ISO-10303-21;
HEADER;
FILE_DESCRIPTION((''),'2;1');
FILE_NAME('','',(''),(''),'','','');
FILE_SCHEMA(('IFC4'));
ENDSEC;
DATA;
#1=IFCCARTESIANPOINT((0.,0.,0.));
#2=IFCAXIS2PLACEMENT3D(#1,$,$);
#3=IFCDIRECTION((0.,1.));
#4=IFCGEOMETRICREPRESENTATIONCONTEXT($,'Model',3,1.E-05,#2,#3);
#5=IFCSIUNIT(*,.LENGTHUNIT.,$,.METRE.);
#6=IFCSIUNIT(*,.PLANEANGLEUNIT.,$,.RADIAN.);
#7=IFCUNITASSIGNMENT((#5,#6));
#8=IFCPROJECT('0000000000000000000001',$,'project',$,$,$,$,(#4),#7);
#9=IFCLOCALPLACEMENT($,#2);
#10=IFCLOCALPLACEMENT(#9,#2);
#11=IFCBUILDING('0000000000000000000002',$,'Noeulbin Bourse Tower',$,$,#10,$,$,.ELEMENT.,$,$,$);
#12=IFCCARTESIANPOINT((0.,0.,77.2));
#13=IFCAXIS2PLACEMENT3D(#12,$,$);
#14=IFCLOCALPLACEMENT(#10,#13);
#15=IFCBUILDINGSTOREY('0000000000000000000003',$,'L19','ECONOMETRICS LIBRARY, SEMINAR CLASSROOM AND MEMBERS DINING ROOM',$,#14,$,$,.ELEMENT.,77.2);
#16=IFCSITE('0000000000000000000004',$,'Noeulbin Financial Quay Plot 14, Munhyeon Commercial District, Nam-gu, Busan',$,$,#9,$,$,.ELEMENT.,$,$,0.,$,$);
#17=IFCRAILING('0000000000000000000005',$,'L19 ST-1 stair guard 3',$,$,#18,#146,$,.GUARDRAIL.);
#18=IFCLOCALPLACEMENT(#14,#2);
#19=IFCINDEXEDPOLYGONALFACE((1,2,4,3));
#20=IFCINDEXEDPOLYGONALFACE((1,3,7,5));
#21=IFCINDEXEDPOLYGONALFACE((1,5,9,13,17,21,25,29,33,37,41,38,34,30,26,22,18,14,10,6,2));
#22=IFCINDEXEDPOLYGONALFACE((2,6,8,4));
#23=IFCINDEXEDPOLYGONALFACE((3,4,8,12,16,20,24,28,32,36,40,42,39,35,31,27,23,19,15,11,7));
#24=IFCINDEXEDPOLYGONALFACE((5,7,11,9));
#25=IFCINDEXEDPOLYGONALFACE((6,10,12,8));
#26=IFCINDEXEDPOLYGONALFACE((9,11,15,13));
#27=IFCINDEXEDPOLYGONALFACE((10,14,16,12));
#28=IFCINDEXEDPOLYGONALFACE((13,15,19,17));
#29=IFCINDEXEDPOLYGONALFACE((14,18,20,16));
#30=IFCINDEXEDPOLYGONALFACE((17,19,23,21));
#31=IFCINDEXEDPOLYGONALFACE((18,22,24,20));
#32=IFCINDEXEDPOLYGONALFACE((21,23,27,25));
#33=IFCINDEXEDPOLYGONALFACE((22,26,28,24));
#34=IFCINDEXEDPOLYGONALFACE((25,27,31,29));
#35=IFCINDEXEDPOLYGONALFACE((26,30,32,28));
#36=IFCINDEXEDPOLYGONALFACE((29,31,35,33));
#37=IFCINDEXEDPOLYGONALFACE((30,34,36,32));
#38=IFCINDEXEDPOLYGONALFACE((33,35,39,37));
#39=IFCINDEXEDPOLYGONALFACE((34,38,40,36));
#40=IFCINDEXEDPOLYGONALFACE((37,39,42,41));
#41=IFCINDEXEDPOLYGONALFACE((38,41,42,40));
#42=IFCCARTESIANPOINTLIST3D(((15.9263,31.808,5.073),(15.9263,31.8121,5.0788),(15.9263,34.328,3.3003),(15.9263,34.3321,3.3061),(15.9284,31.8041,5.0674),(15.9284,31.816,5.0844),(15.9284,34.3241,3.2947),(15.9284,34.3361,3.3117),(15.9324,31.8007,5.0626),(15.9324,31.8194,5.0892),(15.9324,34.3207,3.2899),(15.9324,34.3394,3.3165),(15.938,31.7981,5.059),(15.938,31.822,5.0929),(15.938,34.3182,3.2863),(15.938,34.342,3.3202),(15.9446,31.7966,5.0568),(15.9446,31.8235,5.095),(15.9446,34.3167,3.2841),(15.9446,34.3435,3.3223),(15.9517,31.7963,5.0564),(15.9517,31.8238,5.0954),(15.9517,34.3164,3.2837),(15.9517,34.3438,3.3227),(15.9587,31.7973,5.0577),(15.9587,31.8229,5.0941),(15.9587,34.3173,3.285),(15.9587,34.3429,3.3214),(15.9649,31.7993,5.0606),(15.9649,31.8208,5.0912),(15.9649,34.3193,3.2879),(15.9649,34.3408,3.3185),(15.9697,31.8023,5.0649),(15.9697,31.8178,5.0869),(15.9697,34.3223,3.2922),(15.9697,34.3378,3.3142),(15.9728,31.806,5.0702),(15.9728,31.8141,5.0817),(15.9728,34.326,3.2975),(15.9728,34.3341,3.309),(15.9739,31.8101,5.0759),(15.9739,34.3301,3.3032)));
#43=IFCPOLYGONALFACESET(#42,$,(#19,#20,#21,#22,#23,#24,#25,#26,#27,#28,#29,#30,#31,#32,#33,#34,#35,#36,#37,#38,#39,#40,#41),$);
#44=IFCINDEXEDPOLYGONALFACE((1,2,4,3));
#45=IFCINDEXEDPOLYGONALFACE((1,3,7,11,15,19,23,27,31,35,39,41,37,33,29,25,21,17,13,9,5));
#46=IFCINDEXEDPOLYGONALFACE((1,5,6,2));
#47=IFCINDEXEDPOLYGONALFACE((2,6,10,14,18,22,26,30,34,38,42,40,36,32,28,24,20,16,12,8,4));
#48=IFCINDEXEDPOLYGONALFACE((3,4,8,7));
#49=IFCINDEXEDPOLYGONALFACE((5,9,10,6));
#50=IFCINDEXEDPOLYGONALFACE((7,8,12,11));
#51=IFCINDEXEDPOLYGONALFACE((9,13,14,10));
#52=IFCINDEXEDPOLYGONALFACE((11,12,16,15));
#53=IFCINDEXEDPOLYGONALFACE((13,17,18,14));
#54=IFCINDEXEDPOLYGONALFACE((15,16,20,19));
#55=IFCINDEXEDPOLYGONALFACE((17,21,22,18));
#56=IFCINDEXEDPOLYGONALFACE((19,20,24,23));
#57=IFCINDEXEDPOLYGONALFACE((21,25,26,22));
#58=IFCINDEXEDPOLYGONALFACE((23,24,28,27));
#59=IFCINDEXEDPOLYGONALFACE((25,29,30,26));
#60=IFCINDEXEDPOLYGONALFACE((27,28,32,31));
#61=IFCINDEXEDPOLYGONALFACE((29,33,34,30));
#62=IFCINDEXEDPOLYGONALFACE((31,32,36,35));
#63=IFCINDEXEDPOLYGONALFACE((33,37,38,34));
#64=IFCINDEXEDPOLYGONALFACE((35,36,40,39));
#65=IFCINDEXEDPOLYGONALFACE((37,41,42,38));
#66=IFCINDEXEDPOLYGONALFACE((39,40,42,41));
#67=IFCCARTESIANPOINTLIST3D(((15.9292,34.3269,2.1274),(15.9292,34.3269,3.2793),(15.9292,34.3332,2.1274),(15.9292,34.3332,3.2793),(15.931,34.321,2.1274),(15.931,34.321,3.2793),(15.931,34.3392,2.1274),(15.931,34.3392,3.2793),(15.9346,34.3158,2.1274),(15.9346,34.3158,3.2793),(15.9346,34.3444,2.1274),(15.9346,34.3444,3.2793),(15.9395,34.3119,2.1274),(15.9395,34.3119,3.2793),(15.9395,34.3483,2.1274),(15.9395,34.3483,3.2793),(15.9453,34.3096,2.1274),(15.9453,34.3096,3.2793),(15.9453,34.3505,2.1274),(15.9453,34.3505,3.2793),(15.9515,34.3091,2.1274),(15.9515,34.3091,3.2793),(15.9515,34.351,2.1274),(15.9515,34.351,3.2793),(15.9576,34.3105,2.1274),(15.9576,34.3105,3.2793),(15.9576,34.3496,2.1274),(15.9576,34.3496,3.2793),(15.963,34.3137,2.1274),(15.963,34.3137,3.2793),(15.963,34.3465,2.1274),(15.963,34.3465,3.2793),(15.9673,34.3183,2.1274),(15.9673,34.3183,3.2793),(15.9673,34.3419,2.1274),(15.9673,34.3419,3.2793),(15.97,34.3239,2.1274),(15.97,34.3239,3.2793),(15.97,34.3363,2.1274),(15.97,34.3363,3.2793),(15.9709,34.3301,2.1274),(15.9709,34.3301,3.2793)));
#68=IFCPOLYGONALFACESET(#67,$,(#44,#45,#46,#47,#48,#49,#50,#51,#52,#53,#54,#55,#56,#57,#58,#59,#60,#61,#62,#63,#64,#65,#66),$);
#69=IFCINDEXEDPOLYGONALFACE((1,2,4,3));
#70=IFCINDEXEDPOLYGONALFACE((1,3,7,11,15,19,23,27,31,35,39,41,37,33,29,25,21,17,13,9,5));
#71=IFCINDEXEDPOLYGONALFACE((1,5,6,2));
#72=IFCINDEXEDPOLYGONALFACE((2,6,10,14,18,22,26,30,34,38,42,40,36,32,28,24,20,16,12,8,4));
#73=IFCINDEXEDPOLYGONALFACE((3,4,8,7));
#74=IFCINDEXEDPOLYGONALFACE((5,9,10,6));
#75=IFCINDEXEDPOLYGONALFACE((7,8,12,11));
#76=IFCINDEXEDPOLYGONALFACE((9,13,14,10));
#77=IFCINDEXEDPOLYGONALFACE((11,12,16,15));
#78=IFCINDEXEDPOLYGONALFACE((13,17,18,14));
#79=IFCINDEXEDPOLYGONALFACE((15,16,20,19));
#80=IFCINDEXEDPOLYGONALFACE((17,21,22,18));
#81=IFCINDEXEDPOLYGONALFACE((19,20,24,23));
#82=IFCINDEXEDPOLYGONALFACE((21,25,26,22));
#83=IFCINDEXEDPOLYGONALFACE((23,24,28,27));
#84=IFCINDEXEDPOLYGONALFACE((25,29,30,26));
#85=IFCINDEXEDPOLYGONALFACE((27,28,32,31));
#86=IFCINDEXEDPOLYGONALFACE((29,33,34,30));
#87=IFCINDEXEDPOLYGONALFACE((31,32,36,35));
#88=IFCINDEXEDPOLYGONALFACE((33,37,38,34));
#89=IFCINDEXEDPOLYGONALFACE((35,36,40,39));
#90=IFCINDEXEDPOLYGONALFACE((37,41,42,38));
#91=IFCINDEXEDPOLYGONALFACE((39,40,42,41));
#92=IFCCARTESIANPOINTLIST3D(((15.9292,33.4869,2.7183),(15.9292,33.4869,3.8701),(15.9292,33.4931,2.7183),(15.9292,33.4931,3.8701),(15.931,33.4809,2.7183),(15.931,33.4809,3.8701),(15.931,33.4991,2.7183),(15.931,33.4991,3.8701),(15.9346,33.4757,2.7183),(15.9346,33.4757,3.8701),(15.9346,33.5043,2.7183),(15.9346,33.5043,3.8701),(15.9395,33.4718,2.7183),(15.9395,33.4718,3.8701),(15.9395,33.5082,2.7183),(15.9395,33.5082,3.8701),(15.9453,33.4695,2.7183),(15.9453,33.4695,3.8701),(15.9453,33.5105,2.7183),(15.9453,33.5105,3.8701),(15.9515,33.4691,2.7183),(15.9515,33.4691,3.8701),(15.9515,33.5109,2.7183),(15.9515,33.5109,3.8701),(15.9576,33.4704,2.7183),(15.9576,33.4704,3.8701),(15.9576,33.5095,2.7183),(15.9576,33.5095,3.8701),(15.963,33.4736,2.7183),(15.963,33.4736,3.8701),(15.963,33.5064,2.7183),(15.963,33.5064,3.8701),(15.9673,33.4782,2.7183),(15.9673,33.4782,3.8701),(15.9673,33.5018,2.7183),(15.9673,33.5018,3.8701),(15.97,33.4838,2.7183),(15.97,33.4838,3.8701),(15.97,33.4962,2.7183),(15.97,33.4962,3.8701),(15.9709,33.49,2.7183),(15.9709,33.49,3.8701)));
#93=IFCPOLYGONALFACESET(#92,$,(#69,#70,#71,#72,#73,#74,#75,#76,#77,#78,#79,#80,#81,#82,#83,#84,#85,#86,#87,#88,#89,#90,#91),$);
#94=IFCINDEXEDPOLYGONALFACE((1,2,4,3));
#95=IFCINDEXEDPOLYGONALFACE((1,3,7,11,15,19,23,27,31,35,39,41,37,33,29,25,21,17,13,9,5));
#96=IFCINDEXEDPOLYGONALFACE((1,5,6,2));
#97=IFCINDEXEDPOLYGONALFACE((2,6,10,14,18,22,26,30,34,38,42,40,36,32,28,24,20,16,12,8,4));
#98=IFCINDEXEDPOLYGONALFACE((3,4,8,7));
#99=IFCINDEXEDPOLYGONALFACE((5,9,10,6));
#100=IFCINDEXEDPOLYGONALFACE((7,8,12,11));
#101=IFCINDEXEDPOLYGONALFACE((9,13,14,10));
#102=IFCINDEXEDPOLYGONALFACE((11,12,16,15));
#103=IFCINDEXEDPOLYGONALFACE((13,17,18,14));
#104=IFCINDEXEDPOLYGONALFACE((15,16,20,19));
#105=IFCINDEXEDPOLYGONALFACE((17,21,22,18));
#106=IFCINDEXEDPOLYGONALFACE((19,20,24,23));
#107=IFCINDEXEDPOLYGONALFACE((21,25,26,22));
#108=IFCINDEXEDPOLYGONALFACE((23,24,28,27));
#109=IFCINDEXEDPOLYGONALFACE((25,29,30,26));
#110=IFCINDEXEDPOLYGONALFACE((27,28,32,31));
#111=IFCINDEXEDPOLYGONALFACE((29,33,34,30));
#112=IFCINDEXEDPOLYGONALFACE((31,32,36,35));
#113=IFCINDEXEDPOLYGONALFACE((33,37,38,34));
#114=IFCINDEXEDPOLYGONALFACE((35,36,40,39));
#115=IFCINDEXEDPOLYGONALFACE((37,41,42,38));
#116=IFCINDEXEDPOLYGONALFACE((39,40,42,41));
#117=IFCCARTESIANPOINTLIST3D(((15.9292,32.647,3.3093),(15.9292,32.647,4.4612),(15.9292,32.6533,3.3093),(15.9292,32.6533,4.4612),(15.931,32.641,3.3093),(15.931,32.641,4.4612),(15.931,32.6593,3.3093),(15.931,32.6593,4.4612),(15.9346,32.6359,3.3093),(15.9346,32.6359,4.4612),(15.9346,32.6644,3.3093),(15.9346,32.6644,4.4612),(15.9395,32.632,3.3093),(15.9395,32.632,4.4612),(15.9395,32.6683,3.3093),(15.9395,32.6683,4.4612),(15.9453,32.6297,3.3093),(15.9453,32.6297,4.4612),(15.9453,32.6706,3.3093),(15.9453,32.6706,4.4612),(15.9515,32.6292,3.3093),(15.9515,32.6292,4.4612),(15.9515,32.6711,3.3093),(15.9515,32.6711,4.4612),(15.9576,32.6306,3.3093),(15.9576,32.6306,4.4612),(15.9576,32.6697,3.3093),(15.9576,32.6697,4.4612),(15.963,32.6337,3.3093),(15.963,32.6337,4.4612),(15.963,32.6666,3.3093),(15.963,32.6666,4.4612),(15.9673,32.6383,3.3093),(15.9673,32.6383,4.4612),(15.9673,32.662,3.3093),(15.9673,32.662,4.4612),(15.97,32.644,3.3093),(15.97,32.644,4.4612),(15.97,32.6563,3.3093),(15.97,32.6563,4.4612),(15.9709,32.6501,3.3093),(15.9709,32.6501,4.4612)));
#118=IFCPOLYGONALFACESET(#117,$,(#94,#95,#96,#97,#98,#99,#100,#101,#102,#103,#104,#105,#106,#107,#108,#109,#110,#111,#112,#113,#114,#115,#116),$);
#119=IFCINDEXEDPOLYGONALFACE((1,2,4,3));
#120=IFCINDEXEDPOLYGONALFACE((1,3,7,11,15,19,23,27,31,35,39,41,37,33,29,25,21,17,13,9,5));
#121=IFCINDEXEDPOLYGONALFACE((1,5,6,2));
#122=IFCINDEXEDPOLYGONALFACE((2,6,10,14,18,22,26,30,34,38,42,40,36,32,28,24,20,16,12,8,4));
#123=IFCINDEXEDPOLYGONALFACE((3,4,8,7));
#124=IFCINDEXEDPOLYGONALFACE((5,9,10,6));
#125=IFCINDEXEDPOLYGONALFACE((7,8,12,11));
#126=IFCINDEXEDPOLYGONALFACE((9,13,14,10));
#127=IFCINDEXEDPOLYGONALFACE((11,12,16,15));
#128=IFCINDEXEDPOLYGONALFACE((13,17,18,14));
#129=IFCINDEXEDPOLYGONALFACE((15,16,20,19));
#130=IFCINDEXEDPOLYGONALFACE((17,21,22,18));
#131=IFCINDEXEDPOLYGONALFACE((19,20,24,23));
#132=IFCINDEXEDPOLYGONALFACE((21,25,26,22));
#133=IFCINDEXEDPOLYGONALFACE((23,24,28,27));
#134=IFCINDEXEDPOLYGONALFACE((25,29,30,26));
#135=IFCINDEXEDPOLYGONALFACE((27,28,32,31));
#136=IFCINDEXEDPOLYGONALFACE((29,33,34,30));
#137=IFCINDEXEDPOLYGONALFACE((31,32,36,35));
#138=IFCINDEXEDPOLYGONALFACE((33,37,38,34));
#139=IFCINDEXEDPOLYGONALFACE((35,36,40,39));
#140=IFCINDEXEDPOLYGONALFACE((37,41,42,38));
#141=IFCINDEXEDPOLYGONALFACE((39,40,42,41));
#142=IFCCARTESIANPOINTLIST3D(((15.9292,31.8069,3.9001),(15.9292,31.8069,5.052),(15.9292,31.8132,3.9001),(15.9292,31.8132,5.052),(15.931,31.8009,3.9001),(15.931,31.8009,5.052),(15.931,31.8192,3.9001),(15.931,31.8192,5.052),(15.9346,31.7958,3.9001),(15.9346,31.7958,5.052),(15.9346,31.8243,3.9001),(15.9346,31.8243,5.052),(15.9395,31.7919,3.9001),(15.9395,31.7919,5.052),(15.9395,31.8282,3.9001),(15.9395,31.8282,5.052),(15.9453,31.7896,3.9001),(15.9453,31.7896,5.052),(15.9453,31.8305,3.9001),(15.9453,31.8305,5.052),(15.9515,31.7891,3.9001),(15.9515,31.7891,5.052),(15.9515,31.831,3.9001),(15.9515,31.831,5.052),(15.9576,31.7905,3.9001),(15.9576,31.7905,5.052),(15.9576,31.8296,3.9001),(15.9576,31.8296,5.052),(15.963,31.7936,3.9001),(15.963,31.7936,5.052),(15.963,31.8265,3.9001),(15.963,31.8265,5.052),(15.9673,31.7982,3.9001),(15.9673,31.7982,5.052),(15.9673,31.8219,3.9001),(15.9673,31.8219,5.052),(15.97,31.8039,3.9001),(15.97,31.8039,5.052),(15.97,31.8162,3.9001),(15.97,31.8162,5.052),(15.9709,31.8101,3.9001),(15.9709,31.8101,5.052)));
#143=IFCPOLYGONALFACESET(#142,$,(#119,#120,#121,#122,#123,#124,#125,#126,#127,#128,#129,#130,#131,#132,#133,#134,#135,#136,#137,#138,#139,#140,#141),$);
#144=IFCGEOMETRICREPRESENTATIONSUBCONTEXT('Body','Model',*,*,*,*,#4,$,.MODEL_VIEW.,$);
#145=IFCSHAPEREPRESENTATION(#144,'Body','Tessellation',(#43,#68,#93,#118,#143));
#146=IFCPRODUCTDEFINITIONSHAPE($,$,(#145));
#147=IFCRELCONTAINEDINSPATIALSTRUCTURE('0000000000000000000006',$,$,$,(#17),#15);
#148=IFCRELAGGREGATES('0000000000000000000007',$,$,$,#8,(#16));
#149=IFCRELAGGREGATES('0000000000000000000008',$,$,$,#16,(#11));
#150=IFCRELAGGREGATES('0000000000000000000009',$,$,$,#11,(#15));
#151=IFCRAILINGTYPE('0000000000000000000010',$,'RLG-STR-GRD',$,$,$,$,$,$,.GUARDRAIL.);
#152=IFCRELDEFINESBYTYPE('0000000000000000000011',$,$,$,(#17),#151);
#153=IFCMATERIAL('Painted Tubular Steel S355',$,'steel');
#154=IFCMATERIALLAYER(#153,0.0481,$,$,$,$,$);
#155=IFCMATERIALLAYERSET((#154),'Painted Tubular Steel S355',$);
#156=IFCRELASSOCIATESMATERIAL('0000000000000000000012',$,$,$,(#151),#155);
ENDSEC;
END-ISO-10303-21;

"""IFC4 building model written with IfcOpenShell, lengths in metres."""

from ifc_helpers import new_model, si_unit, direction, frame, origin, origin_2d, place, context, subcontext, project, spatial, circle, extrude, material, layer, layer_set, type_object, element, save


model = new_model("IFC4")

# Units and contexts
model_context = context("Model", 3, precision=1e-05, world=origin(), true_north=direction((0.0, 1.0)))
body_context = subcontext(model_context, "Body", "Model", "MODEL_VIEW")
ifc_project = project(units=[si_unit("LENGTHUNIT", "METRE"), si_unit("PLANEANGLEUNIT", "RADIAN")], contexts=[model_context])

# Site, building, storey
site_placement = place(None, origin())
site = spatial("IfcSite", under=ifc_project, at=site_placement, Name="Noeulbin Financial Quay Plot 14, Munhyeon Commercial District, Nam-gu, Busan", CompositionType="ELEMENT", RefElevation=0.0)
building_placement = place(site_placement, origin())
building = spatial("IfcBuilding", under=site, at=building_placement, Name="Noeulbin Bourse Tower", CompositionType="ELEMENT")
storey_placement = place(building_placement, frame((0.0, 0.0, 77.2)))
storey = spatial("IfcBuildingStorey", under=building, at=storey_placement, Name="L19", Description="ECONOMETRICS LIBRARY, SEMINAR CLASSROOM AND MEMBERS DINING ROOM", CompositionType="ELEMENT", Elevation=77.2)

# Railing
ifc_material_1 = material(Name="Painted Tubular Steel S355", Category="steel")
ifc_layer_1 = layer(ifc_material_1, 0.0481)
ifc_layer_set_1 = layer_set([ifc_layer_1], Name="Painted Tubular Steel S355")
railing_type_1 = type_object("IfcRailingType", Name="RLG-STR-GRD", PredefinedType="GUARDRAIL", material=ifc_layer_set_1)
railing_1_placement = place(storey_placement, frame((15.95, 34.3301, 2.1274)))
element("IfcRailing", 1, at=railing_1_placement, inside=storey, type_object=railing_type_1, Name="L19 ST-1 stair guard 3", PredefinedType="GUARDRAIL", context=body_context, shape_type="SweptSolid", body=[
    extrude(circle(Radius=0.0239, at=origin_2d()), frame((0.0, 0.0, 1.1758), z_axis=(0.0, -0.817904, 0.575354), x_axis=(1.0, 0.0, 0.0)), (0.0, 0.0, 1.0), 3.0811),
    extrude(circle(Radius=0.021, at=origin_2d()), origin(), (0.0, 0.0, 1.0), 1.1519),
    extrude(circle(Radius=0.021, at=origin_2d()), frame((0.0, -0.8401, 0.5908)), (0.0, 0.0, 1.0), 1.1519),
    extrude(circle(Radius=0.021, at=origin_2d()), frame((0.0, -1.6799, 1.1819)), (0.0, 0.0, 1.0), 1.1519),
    extrude(circle(Radius=0.021, at=origin_2d()), frame((0.0, -2.52, 1.7727)), (0.0, 0.0, 1.0), 1.1519),
])

save(model, "model.ifc")
